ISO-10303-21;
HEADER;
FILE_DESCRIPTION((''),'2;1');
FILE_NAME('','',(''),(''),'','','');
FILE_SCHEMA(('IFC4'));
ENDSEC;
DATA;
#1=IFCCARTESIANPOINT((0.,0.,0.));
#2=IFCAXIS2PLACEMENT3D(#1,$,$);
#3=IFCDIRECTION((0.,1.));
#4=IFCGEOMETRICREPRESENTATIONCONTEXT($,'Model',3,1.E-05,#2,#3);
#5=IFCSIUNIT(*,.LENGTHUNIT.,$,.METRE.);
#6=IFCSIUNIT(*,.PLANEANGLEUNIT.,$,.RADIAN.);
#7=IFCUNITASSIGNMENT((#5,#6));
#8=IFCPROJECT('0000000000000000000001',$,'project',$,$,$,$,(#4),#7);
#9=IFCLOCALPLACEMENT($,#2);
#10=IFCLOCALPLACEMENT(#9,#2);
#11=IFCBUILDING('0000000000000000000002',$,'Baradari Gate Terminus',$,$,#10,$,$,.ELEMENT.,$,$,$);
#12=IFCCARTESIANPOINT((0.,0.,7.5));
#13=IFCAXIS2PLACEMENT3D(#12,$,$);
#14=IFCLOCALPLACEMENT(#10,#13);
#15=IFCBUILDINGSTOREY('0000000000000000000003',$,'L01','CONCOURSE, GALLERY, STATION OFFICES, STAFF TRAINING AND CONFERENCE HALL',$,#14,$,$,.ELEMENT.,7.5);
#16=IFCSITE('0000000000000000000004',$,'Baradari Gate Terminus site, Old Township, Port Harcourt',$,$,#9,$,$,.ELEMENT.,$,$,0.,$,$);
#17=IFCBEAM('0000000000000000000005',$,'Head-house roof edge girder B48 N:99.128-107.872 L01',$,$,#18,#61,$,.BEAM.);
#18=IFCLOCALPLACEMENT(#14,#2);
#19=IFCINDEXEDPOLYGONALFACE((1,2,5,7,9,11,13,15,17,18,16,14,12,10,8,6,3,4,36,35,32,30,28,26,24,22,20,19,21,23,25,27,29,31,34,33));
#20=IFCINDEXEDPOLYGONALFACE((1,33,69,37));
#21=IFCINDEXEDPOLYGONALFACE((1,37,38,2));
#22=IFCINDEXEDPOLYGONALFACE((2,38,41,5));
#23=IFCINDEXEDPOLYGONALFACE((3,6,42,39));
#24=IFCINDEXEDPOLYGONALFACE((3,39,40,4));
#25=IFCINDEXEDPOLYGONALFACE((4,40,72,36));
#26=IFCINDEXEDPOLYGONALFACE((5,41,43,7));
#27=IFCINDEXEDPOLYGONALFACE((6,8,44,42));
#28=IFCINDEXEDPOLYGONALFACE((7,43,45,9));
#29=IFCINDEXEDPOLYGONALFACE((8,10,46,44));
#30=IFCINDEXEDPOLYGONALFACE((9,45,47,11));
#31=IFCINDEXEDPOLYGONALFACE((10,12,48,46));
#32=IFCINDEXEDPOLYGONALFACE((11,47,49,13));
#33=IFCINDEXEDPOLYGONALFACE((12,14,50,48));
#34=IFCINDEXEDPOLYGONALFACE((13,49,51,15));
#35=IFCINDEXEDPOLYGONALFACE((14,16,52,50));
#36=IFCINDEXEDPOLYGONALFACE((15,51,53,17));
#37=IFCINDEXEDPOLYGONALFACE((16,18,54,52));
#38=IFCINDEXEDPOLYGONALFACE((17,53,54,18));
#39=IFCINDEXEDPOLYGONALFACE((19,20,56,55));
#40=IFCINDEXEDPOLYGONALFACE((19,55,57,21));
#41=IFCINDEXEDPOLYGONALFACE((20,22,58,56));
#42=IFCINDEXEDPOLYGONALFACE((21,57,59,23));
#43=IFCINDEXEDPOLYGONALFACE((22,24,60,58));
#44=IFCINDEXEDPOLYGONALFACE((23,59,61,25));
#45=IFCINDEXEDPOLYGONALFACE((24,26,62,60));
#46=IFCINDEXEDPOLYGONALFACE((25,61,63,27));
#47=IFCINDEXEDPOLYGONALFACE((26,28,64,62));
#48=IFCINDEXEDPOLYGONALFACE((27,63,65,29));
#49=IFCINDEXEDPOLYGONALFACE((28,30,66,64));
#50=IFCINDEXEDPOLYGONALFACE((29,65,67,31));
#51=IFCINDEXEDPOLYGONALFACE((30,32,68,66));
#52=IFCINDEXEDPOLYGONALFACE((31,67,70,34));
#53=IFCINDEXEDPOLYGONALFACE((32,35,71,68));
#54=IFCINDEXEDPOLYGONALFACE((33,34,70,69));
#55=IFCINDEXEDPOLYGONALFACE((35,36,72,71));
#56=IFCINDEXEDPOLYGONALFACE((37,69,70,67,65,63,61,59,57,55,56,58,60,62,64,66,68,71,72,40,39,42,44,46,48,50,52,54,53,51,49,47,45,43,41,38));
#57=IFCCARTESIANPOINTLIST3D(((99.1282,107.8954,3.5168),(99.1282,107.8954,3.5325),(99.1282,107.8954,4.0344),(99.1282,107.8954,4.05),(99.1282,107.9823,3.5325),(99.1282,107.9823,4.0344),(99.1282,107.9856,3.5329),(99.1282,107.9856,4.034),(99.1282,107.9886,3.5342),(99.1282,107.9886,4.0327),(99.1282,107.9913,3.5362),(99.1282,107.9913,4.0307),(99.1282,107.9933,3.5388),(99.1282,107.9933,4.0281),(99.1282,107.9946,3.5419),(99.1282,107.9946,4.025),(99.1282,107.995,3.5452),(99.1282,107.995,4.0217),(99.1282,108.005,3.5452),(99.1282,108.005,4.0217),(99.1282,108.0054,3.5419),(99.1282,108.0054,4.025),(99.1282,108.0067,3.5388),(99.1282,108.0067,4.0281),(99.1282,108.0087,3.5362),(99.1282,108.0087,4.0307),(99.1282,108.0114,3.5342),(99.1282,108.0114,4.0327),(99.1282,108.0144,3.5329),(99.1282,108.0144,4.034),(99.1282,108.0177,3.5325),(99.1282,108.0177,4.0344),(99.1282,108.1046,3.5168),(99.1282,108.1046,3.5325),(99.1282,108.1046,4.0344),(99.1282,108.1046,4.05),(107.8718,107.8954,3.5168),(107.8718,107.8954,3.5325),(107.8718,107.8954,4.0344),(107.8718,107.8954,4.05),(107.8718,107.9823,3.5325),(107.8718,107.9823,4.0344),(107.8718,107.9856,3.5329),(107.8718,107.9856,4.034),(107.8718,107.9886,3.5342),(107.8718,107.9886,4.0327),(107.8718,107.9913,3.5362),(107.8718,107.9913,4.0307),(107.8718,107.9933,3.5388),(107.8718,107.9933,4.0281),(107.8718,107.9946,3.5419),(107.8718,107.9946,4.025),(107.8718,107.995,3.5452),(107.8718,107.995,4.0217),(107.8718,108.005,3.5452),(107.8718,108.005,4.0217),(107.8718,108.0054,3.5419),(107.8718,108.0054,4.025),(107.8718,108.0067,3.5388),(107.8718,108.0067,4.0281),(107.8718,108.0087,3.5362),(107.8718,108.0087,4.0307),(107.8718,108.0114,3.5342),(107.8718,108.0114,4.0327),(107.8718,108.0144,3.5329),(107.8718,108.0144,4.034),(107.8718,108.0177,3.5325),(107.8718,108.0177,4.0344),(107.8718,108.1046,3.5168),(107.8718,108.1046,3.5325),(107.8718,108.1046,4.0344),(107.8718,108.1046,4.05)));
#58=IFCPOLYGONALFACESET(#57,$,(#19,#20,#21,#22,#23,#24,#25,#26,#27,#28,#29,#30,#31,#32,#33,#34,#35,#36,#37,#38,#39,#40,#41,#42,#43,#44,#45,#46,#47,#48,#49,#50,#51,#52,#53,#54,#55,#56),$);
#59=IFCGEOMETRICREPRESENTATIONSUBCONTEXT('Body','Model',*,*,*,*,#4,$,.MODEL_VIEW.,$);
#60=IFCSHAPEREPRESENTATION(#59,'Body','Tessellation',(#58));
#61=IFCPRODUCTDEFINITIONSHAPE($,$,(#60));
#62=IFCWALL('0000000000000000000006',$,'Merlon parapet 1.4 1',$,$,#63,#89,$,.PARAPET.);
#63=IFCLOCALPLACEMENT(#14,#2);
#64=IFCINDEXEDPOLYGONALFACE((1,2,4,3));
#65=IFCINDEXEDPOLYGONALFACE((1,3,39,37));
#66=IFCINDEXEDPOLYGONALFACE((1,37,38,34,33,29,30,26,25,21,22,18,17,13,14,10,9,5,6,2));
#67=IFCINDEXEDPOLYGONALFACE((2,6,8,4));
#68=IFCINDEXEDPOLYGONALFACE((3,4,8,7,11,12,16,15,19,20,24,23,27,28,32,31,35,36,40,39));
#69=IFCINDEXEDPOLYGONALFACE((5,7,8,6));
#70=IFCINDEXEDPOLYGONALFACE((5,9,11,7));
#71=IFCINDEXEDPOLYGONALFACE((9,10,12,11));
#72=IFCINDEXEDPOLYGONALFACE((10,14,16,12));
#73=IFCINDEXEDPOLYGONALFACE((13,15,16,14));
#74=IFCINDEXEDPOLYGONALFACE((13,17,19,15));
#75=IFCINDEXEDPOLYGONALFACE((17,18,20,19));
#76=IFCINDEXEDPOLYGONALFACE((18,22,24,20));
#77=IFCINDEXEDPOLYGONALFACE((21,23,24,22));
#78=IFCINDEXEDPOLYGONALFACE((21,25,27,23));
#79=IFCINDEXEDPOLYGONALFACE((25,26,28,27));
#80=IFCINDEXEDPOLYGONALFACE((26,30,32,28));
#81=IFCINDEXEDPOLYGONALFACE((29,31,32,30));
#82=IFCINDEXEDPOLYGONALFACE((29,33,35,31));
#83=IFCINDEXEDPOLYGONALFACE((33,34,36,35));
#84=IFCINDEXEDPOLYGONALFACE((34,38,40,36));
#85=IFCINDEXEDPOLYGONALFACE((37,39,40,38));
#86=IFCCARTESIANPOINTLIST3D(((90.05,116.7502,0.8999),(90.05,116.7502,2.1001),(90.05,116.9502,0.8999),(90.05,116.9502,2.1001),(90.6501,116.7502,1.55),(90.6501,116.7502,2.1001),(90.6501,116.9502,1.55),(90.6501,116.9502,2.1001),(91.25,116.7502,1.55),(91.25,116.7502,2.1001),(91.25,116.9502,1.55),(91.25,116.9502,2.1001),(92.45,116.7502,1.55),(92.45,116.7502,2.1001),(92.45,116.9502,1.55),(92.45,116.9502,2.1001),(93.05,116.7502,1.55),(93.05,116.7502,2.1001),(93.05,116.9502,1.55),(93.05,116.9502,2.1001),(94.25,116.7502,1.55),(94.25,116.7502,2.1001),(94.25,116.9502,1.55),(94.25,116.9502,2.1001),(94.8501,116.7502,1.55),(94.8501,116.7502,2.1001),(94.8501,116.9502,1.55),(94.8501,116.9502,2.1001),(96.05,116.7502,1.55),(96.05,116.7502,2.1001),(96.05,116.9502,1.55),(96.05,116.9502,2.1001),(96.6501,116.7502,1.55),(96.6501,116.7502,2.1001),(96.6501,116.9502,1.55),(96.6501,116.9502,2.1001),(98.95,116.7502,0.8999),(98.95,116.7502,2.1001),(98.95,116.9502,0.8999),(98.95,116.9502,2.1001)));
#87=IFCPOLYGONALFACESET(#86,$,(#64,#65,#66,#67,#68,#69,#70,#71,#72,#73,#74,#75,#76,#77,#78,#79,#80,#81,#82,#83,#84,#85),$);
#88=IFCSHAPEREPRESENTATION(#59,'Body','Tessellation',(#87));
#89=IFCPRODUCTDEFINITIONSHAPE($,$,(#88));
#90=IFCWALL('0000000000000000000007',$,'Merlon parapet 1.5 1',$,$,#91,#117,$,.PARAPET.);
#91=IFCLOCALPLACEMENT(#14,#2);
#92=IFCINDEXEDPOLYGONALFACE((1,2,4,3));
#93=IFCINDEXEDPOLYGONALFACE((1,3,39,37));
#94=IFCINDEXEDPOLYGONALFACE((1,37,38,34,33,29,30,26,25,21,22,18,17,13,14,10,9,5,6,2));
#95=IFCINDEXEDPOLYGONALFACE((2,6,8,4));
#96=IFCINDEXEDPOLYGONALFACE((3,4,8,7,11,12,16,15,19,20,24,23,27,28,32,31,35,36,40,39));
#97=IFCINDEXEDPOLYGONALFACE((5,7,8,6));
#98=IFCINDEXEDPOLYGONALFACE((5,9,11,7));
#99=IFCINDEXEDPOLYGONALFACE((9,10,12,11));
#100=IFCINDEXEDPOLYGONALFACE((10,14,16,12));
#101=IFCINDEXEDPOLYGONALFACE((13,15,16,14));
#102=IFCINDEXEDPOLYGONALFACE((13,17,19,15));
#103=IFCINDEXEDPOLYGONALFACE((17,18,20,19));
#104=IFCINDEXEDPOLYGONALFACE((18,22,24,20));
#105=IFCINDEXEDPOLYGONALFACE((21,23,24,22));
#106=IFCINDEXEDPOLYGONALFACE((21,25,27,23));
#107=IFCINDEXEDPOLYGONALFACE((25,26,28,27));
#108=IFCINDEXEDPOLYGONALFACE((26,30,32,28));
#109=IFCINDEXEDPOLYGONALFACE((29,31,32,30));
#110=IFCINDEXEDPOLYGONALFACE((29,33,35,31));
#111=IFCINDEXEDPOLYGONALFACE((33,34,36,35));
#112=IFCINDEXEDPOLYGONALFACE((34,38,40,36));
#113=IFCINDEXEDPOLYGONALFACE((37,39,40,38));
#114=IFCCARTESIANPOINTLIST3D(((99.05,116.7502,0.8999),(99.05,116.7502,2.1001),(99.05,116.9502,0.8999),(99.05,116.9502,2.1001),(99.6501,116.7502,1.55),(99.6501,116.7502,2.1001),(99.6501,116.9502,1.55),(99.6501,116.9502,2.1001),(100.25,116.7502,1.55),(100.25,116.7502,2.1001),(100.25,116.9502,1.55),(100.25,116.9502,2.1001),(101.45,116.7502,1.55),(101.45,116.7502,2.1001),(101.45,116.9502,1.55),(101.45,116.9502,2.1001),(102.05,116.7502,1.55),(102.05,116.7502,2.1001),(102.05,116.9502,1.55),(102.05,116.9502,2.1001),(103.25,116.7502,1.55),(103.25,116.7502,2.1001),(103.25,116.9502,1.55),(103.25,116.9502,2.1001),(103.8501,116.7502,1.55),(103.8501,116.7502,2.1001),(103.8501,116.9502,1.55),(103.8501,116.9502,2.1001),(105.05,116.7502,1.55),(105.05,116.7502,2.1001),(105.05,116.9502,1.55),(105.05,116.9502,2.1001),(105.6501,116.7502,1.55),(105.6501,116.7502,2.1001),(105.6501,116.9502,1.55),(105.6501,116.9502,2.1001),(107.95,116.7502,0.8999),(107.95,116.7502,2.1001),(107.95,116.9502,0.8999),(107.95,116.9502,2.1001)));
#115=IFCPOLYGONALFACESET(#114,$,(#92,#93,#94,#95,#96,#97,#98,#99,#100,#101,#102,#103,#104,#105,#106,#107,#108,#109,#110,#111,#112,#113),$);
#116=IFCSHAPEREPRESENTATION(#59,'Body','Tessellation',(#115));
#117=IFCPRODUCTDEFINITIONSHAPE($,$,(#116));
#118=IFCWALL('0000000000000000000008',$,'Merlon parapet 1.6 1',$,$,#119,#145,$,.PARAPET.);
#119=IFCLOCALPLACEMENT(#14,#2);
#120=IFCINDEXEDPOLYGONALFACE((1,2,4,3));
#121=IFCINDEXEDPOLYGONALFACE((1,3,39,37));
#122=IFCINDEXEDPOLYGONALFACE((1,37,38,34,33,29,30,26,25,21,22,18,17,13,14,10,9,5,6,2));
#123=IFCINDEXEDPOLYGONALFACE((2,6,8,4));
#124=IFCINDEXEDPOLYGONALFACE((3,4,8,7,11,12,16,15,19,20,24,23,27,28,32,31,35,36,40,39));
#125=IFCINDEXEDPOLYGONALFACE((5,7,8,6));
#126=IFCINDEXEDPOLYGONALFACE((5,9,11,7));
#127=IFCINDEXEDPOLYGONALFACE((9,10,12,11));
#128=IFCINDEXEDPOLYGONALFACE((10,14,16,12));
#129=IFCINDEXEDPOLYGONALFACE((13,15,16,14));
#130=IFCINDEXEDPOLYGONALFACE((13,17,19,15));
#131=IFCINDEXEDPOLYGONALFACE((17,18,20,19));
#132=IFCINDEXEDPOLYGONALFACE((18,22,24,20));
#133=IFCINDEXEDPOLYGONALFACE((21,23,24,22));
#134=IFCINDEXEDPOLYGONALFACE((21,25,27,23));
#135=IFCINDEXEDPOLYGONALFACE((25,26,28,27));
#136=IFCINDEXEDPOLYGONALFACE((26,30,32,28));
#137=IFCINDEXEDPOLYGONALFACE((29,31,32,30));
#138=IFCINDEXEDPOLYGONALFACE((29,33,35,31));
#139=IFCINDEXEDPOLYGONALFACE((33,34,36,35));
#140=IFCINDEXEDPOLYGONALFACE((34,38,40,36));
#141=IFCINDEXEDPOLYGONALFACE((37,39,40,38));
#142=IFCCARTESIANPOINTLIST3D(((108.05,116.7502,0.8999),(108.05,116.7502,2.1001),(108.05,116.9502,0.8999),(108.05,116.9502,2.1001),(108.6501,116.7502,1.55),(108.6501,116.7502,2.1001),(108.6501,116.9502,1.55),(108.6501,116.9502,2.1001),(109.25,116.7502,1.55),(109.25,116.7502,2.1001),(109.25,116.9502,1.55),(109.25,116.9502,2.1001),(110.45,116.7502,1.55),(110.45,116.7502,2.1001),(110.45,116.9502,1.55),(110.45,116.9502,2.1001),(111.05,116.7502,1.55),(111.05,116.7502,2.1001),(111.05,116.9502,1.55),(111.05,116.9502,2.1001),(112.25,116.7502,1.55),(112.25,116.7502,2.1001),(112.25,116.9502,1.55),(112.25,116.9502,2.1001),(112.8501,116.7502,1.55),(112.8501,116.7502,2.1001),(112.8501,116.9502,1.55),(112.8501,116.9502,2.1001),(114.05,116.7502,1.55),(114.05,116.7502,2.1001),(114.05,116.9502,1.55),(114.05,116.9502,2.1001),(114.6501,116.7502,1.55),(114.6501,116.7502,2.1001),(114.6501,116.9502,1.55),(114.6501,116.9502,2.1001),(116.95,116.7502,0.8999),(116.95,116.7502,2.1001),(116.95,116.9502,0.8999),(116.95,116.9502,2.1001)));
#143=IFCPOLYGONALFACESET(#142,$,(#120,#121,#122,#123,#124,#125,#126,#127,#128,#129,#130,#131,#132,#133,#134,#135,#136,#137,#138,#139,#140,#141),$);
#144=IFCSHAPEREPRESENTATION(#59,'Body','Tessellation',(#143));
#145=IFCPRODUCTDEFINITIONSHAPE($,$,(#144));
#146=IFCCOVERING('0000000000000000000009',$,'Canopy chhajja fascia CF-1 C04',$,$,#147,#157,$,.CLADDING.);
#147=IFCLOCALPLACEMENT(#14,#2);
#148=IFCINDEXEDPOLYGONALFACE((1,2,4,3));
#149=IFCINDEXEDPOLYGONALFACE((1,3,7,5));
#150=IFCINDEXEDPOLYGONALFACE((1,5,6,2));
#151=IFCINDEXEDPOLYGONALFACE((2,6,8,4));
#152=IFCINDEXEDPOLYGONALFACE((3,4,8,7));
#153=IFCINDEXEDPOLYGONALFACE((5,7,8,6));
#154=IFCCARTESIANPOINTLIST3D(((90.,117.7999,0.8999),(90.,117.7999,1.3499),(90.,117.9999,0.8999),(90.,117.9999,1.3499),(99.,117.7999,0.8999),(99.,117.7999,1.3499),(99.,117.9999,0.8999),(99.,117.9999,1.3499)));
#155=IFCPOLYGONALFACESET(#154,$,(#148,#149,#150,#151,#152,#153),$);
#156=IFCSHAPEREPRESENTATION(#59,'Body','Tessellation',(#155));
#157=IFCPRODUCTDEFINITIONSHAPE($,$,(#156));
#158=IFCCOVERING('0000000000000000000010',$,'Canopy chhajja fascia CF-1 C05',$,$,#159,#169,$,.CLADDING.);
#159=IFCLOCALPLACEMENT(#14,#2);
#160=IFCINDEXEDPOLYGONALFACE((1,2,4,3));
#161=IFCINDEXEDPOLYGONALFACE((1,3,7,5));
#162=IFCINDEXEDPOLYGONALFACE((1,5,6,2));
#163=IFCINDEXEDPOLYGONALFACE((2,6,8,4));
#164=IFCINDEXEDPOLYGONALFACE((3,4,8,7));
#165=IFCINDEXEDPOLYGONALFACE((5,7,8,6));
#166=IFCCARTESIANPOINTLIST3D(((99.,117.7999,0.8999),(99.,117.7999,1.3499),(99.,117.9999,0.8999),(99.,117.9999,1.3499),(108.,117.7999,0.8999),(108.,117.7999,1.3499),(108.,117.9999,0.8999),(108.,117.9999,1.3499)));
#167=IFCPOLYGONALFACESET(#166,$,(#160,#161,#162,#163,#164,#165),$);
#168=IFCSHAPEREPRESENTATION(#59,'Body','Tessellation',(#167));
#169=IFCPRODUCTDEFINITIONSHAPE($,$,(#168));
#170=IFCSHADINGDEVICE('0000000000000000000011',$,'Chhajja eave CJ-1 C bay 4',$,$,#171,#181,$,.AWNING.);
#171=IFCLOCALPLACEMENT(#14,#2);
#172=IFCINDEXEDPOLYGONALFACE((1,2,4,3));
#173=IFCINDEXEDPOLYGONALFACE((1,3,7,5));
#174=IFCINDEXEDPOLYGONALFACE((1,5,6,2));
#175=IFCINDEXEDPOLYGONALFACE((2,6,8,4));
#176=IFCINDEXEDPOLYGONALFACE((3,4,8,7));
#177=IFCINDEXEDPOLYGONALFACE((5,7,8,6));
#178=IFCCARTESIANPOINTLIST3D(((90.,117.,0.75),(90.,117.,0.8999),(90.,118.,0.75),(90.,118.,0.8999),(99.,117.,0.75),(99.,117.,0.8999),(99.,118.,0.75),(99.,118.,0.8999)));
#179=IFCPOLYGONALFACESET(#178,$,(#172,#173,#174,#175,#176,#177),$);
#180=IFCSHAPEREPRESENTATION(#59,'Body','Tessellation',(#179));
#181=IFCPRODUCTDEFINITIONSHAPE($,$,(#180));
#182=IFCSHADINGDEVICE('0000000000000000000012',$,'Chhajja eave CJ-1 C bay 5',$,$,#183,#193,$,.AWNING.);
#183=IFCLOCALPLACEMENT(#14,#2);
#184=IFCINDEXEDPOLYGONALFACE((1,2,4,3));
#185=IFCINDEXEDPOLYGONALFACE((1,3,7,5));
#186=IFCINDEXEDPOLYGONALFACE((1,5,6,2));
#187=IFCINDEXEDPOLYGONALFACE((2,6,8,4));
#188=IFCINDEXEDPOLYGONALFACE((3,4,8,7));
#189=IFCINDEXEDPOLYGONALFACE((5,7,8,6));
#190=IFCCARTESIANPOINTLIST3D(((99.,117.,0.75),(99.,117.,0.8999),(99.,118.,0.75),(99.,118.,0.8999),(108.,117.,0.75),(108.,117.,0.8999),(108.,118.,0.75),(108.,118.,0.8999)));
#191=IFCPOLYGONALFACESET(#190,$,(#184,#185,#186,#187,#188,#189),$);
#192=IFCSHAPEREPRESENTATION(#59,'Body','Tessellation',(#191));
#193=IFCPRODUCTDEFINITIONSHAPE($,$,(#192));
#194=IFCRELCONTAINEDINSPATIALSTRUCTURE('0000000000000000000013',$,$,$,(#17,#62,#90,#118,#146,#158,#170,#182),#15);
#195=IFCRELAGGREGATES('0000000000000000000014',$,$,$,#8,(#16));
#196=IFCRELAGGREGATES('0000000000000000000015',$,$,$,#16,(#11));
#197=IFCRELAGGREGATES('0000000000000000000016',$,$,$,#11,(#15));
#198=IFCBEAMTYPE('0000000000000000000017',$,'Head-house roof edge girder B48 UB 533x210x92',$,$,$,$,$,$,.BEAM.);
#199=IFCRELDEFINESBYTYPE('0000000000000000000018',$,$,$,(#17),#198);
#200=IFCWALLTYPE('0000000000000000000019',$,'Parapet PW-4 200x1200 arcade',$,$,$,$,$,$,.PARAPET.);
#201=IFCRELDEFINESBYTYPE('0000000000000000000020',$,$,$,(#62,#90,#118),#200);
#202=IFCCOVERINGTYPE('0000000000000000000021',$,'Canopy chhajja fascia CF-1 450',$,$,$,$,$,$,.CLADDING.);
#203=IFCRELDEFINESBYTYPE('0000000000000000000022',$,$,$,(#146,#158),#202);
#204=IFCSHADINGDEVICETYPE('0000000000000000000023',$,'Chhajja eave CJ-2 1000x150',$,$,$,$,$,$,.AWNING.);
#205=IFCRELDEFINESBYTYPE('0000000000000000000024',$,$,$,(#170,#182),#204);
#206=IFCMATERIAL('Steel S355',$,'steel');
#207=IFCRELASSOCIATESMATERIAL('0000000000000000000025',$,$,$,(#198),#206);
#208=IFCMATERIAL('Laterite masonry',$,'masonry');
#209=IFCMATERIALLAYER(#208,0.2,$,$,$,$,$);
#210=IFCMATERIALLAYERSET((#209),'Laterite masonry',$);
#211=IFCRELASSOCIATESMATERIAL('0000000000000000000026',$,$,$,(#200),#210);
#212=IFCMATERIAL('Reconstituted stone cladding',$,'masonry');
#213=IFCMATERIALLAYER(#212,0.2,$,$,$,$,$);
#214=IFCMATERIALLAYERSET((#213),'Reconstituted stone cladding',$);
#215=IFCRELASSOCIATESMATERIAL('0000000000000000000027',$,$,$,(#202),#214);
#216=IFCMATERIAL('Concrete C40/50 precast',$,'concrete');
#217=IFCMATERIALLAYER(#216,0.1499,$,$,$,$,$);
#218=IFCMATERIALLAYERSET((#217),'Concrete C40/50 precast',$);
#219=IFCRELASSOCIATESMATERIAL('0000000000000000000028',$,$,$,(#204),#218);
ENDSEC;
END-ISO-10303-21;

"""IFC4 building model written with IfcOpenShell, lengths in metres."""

from ifc_helpers import new_model, si_unit, direction, frame, origin, origin_2d, place, context, subcontext, project, spatial, polyline, rectangle, i_section, outline, extrude, material, layer, layer_set, material_profile, profile_set, type_object, element, save


model = new_model("IFC4")

# Units and contexts
model_context = context("Model", 3, precision=1e-05, world=origin(), true_north=direction((0.0, 1.0)))
body_context = subcontext(model_context, "Body", "Model", "MODEL_VIEW")
ifc_project = project(units=[si_unit("LENGTHUNIT", "METRE"), si_unit("PLANEANGLEUNIT", "RADIAN")], contexts=[model_context])

# Site, building, storey
site_placement = place(None, origin())
site = spatial("IfcSite", under=ifc_project, at=site_placement, Name="Baradari Gate Terminus site, Old Township, Port Harcourt", CompositionType="ELEMENT", RefElevation=0.0)
building_placement = place(site_placement, origin())
building = spatial("IfcBuilding", under=site, at=building_placement, Name="Baradari Gate Terminus", CompositionType="ELEMENT")
storey_placement = place(building_placement, frame((0.0, 0.0, 7.5)))
storey = spatial("IfcBuildingStorey", under=building, at=storey_placement, Name="L01", Description="CONCOURSE, GALLERY, STATION OFFICES, STAFF TRAINING AND CONFERENCE HALL", CompositionType="ELEMENT", Elevation=7.5)

# Beam
ifc_material_1 = material(Name="Steel S355", Category="steel")
ifc_material_profile_1 = material_profile(ifc_material_1, i_section(OverallWidth=0.2092, OverallDepth=0.5332, WebThickness=0.01, FlangeThickness=0.0156, FilletRadius=0.0127, at=origin_2d()), Name="UB 533x210x92")
ifc_profile_set_1 = profile_set([ifc_material_profile_1], Name="Steel S355")
beam_type_1 = type_object("IfcBeamType", Name="Head-house roof edge girder B48 UB 533x210x92", PredefinedType="BEAM", material=ifc_profile_set_1)
beam_1_placement = place(storey_placement, frame((99.1282, 108.0, 3.7834), z_axis=(1.0, 0.0, 0.0), x_axis=(0.0, 1.0, 0.0)))
element("IfcBeam", 1, at=beam_1_placement, inside=storey, type_object=beam_type_1, Name="Head-house roof edge girder B48 N:99.128-107.872 L01", PredefinedType="BEAM", context=body_context, shape_type="SweptSolid", body=[
    extrude(i_section(OverallWidth=0.2092, OverallDepth=0.5332, WebThickness=0.01, FlangeThickness=0.0156, FilletRadius=0.0127, at=origin_2d()), origin(), (0.0, 0.0, 1.0), 8.7437),
])

# Walls
ifc_material_2 = material(Name="Laterite masonry", Category="masonry")
ifc_layer_1 = layer(ifc_material_2, 0.2)
ifc_layer_set_1 = layer_set([ifc_layer_1], Name="Laterite masonry")
wall_type = type_object("IfcWallType", Name="Parapet PW-4 200x1200 arcade", PredefinedType="PARAPET", material=ifc_layer_set_1)
for number, where, z_axis, x_axis, name in (
    (2, (90.05, 116.8501, 0.8999), (0.0, 0.0, 1.0), (1.0, 0.0, 0.0), "Merlon parapet 1.4 1"),
    (3, (99.05, 116.8501, 0.8999), (0.0, 0.0, 1.0), (1.0, 0.0, 0.0), "Merlon parapet 1.5 1"),
    (4, (108.05, 116.8501, 0.8999), (0.0, 0.0, 1.0), (1.0, 0.0, 0.0), "Merlon parapet 1.6 1"),
):
    element("IfcWall", number, at=place(storey_placement, frame(where, z_axis=z_axis, x_axis=x_axis)), inside=storey, type_object=wall_type, Name=name, PredefinedType="PARAPET", context=body_context, shape_type="SweptSolid", body=[
        extrude(outline(polyline([(6.6001, 1.2002), (6.6001, 0.6501), (6.0, 0.6501), (6.0, 1.2002), (4.8, 1.2002), (4.8, 0.6501), (4.2, 0.6501), (4.2, 1.2002), (3.0, 1.2002), (3.0, 0.6501), (2.3999, 0.6501), (2.3999, 1.2002), (1.2, 1.2002), (1.2, 0.6501), (0.6001, 0.6501), (0.6001, 1.2002), (0.0, 1.2002), (0.0, 0.0), (8.8999, 0.0), (8.8999, 1.2002), (6.6001, 1.2002)])), frame((0.0, 0.1001, 0.0), z_axis=(0.0, -1.0, 0.0), x_axis=(1.0, 0.0, 0.0)), (0.0, 0.0, 1.0), 0.2),
    ])

# Coverings
ifc_material_3 = material(Name="Reconstituted stone cladding", Category="masonry")
ifc_layer_2 = layer(ifc_material_3, 0.2)
ifc_layer_set_2 = layer_set([ifc_layer_2], Name="Reconstituted stone cladding")
covering_type_1 = type_object("IfcCoveringType", Name="Canopy chhajja fascia CF-1 450", PredefinedType="CLADDING", material=ifc_layer_set_2)
for number, where, z_axis, x_axis, name in (
    (5, (94.5, 117.8999, 0.8999), (0.0, 0.0, 1.0), (1.0, 0.0, 0.0), "Canopy chhajja fascia CF-1 C04"),
    (6, (103.5, 117.8999, 0.8999), (0.0, 0.0, 1.0), (1.0, 0.0, 0.0), "Canopy chhajja fascia CF-1 C05"),
):
    element("IfcCovering", number, at=place(storey_placement, frame(where, z_axis=z_axis, x_axis=x_axis)), inside=storey, type_object=covering_type_1, Name=name, PredefinedType="CLADDING", context=body_context, shape_type="SweptSolid", body=[
        extrude(rectangle(XDim=9.0, YDim=0.2, at=origin_2d()), origin(), (0.0, 0.0, 1.0), 0.45),
    ])

# Shading devices
ifc_material_4 = material(Name="Concrete C40/50 precast", Category="concrete")
ifc_layer_3 = layer(ifc_material_4, 0.1499)
ifc_layer_set_3 = layer_set([ifc_layer_3], Name="Concrete C40/50 precast")
shading_device_type = type_object("IfcShadingDeviceType", Name="Chhajja eave CJ-2 1000x150", PredefinedType="AWNING", material=ifc_layer_set_3)
for number, where, z_axis, x_axis, name in (
    (7, (94.5, 117.5, 0.75), (0.0, 0.0, 1.0), (1.0, 0.0, 0.0), "Chhajja eave CJ-1 C bay 4"),
    (8, (103.5, 117.5, 0.75), (0.0, 0.0, 1.0), (1.0, 0.0, 0.0), "Chhajja eave CJ-1 C bay 5"),
):
    element("IfcShadingDevice", number, at=place(storey_placement, frame(where, z_axis=z_axis, x_axis=x_axis)), inside=storey, type_object=shading_device_type, Name=name, PredefinedType="AWNING", context=body_context, shape_type="SweptSolid", body=[
        extrude(rectangle(XDim=9.0, YDim=1.0, at=origin_2d()), origin(), (0.0, 0.0, 1.0), 0.1499),
    ])

save(model, "model.ifc")
